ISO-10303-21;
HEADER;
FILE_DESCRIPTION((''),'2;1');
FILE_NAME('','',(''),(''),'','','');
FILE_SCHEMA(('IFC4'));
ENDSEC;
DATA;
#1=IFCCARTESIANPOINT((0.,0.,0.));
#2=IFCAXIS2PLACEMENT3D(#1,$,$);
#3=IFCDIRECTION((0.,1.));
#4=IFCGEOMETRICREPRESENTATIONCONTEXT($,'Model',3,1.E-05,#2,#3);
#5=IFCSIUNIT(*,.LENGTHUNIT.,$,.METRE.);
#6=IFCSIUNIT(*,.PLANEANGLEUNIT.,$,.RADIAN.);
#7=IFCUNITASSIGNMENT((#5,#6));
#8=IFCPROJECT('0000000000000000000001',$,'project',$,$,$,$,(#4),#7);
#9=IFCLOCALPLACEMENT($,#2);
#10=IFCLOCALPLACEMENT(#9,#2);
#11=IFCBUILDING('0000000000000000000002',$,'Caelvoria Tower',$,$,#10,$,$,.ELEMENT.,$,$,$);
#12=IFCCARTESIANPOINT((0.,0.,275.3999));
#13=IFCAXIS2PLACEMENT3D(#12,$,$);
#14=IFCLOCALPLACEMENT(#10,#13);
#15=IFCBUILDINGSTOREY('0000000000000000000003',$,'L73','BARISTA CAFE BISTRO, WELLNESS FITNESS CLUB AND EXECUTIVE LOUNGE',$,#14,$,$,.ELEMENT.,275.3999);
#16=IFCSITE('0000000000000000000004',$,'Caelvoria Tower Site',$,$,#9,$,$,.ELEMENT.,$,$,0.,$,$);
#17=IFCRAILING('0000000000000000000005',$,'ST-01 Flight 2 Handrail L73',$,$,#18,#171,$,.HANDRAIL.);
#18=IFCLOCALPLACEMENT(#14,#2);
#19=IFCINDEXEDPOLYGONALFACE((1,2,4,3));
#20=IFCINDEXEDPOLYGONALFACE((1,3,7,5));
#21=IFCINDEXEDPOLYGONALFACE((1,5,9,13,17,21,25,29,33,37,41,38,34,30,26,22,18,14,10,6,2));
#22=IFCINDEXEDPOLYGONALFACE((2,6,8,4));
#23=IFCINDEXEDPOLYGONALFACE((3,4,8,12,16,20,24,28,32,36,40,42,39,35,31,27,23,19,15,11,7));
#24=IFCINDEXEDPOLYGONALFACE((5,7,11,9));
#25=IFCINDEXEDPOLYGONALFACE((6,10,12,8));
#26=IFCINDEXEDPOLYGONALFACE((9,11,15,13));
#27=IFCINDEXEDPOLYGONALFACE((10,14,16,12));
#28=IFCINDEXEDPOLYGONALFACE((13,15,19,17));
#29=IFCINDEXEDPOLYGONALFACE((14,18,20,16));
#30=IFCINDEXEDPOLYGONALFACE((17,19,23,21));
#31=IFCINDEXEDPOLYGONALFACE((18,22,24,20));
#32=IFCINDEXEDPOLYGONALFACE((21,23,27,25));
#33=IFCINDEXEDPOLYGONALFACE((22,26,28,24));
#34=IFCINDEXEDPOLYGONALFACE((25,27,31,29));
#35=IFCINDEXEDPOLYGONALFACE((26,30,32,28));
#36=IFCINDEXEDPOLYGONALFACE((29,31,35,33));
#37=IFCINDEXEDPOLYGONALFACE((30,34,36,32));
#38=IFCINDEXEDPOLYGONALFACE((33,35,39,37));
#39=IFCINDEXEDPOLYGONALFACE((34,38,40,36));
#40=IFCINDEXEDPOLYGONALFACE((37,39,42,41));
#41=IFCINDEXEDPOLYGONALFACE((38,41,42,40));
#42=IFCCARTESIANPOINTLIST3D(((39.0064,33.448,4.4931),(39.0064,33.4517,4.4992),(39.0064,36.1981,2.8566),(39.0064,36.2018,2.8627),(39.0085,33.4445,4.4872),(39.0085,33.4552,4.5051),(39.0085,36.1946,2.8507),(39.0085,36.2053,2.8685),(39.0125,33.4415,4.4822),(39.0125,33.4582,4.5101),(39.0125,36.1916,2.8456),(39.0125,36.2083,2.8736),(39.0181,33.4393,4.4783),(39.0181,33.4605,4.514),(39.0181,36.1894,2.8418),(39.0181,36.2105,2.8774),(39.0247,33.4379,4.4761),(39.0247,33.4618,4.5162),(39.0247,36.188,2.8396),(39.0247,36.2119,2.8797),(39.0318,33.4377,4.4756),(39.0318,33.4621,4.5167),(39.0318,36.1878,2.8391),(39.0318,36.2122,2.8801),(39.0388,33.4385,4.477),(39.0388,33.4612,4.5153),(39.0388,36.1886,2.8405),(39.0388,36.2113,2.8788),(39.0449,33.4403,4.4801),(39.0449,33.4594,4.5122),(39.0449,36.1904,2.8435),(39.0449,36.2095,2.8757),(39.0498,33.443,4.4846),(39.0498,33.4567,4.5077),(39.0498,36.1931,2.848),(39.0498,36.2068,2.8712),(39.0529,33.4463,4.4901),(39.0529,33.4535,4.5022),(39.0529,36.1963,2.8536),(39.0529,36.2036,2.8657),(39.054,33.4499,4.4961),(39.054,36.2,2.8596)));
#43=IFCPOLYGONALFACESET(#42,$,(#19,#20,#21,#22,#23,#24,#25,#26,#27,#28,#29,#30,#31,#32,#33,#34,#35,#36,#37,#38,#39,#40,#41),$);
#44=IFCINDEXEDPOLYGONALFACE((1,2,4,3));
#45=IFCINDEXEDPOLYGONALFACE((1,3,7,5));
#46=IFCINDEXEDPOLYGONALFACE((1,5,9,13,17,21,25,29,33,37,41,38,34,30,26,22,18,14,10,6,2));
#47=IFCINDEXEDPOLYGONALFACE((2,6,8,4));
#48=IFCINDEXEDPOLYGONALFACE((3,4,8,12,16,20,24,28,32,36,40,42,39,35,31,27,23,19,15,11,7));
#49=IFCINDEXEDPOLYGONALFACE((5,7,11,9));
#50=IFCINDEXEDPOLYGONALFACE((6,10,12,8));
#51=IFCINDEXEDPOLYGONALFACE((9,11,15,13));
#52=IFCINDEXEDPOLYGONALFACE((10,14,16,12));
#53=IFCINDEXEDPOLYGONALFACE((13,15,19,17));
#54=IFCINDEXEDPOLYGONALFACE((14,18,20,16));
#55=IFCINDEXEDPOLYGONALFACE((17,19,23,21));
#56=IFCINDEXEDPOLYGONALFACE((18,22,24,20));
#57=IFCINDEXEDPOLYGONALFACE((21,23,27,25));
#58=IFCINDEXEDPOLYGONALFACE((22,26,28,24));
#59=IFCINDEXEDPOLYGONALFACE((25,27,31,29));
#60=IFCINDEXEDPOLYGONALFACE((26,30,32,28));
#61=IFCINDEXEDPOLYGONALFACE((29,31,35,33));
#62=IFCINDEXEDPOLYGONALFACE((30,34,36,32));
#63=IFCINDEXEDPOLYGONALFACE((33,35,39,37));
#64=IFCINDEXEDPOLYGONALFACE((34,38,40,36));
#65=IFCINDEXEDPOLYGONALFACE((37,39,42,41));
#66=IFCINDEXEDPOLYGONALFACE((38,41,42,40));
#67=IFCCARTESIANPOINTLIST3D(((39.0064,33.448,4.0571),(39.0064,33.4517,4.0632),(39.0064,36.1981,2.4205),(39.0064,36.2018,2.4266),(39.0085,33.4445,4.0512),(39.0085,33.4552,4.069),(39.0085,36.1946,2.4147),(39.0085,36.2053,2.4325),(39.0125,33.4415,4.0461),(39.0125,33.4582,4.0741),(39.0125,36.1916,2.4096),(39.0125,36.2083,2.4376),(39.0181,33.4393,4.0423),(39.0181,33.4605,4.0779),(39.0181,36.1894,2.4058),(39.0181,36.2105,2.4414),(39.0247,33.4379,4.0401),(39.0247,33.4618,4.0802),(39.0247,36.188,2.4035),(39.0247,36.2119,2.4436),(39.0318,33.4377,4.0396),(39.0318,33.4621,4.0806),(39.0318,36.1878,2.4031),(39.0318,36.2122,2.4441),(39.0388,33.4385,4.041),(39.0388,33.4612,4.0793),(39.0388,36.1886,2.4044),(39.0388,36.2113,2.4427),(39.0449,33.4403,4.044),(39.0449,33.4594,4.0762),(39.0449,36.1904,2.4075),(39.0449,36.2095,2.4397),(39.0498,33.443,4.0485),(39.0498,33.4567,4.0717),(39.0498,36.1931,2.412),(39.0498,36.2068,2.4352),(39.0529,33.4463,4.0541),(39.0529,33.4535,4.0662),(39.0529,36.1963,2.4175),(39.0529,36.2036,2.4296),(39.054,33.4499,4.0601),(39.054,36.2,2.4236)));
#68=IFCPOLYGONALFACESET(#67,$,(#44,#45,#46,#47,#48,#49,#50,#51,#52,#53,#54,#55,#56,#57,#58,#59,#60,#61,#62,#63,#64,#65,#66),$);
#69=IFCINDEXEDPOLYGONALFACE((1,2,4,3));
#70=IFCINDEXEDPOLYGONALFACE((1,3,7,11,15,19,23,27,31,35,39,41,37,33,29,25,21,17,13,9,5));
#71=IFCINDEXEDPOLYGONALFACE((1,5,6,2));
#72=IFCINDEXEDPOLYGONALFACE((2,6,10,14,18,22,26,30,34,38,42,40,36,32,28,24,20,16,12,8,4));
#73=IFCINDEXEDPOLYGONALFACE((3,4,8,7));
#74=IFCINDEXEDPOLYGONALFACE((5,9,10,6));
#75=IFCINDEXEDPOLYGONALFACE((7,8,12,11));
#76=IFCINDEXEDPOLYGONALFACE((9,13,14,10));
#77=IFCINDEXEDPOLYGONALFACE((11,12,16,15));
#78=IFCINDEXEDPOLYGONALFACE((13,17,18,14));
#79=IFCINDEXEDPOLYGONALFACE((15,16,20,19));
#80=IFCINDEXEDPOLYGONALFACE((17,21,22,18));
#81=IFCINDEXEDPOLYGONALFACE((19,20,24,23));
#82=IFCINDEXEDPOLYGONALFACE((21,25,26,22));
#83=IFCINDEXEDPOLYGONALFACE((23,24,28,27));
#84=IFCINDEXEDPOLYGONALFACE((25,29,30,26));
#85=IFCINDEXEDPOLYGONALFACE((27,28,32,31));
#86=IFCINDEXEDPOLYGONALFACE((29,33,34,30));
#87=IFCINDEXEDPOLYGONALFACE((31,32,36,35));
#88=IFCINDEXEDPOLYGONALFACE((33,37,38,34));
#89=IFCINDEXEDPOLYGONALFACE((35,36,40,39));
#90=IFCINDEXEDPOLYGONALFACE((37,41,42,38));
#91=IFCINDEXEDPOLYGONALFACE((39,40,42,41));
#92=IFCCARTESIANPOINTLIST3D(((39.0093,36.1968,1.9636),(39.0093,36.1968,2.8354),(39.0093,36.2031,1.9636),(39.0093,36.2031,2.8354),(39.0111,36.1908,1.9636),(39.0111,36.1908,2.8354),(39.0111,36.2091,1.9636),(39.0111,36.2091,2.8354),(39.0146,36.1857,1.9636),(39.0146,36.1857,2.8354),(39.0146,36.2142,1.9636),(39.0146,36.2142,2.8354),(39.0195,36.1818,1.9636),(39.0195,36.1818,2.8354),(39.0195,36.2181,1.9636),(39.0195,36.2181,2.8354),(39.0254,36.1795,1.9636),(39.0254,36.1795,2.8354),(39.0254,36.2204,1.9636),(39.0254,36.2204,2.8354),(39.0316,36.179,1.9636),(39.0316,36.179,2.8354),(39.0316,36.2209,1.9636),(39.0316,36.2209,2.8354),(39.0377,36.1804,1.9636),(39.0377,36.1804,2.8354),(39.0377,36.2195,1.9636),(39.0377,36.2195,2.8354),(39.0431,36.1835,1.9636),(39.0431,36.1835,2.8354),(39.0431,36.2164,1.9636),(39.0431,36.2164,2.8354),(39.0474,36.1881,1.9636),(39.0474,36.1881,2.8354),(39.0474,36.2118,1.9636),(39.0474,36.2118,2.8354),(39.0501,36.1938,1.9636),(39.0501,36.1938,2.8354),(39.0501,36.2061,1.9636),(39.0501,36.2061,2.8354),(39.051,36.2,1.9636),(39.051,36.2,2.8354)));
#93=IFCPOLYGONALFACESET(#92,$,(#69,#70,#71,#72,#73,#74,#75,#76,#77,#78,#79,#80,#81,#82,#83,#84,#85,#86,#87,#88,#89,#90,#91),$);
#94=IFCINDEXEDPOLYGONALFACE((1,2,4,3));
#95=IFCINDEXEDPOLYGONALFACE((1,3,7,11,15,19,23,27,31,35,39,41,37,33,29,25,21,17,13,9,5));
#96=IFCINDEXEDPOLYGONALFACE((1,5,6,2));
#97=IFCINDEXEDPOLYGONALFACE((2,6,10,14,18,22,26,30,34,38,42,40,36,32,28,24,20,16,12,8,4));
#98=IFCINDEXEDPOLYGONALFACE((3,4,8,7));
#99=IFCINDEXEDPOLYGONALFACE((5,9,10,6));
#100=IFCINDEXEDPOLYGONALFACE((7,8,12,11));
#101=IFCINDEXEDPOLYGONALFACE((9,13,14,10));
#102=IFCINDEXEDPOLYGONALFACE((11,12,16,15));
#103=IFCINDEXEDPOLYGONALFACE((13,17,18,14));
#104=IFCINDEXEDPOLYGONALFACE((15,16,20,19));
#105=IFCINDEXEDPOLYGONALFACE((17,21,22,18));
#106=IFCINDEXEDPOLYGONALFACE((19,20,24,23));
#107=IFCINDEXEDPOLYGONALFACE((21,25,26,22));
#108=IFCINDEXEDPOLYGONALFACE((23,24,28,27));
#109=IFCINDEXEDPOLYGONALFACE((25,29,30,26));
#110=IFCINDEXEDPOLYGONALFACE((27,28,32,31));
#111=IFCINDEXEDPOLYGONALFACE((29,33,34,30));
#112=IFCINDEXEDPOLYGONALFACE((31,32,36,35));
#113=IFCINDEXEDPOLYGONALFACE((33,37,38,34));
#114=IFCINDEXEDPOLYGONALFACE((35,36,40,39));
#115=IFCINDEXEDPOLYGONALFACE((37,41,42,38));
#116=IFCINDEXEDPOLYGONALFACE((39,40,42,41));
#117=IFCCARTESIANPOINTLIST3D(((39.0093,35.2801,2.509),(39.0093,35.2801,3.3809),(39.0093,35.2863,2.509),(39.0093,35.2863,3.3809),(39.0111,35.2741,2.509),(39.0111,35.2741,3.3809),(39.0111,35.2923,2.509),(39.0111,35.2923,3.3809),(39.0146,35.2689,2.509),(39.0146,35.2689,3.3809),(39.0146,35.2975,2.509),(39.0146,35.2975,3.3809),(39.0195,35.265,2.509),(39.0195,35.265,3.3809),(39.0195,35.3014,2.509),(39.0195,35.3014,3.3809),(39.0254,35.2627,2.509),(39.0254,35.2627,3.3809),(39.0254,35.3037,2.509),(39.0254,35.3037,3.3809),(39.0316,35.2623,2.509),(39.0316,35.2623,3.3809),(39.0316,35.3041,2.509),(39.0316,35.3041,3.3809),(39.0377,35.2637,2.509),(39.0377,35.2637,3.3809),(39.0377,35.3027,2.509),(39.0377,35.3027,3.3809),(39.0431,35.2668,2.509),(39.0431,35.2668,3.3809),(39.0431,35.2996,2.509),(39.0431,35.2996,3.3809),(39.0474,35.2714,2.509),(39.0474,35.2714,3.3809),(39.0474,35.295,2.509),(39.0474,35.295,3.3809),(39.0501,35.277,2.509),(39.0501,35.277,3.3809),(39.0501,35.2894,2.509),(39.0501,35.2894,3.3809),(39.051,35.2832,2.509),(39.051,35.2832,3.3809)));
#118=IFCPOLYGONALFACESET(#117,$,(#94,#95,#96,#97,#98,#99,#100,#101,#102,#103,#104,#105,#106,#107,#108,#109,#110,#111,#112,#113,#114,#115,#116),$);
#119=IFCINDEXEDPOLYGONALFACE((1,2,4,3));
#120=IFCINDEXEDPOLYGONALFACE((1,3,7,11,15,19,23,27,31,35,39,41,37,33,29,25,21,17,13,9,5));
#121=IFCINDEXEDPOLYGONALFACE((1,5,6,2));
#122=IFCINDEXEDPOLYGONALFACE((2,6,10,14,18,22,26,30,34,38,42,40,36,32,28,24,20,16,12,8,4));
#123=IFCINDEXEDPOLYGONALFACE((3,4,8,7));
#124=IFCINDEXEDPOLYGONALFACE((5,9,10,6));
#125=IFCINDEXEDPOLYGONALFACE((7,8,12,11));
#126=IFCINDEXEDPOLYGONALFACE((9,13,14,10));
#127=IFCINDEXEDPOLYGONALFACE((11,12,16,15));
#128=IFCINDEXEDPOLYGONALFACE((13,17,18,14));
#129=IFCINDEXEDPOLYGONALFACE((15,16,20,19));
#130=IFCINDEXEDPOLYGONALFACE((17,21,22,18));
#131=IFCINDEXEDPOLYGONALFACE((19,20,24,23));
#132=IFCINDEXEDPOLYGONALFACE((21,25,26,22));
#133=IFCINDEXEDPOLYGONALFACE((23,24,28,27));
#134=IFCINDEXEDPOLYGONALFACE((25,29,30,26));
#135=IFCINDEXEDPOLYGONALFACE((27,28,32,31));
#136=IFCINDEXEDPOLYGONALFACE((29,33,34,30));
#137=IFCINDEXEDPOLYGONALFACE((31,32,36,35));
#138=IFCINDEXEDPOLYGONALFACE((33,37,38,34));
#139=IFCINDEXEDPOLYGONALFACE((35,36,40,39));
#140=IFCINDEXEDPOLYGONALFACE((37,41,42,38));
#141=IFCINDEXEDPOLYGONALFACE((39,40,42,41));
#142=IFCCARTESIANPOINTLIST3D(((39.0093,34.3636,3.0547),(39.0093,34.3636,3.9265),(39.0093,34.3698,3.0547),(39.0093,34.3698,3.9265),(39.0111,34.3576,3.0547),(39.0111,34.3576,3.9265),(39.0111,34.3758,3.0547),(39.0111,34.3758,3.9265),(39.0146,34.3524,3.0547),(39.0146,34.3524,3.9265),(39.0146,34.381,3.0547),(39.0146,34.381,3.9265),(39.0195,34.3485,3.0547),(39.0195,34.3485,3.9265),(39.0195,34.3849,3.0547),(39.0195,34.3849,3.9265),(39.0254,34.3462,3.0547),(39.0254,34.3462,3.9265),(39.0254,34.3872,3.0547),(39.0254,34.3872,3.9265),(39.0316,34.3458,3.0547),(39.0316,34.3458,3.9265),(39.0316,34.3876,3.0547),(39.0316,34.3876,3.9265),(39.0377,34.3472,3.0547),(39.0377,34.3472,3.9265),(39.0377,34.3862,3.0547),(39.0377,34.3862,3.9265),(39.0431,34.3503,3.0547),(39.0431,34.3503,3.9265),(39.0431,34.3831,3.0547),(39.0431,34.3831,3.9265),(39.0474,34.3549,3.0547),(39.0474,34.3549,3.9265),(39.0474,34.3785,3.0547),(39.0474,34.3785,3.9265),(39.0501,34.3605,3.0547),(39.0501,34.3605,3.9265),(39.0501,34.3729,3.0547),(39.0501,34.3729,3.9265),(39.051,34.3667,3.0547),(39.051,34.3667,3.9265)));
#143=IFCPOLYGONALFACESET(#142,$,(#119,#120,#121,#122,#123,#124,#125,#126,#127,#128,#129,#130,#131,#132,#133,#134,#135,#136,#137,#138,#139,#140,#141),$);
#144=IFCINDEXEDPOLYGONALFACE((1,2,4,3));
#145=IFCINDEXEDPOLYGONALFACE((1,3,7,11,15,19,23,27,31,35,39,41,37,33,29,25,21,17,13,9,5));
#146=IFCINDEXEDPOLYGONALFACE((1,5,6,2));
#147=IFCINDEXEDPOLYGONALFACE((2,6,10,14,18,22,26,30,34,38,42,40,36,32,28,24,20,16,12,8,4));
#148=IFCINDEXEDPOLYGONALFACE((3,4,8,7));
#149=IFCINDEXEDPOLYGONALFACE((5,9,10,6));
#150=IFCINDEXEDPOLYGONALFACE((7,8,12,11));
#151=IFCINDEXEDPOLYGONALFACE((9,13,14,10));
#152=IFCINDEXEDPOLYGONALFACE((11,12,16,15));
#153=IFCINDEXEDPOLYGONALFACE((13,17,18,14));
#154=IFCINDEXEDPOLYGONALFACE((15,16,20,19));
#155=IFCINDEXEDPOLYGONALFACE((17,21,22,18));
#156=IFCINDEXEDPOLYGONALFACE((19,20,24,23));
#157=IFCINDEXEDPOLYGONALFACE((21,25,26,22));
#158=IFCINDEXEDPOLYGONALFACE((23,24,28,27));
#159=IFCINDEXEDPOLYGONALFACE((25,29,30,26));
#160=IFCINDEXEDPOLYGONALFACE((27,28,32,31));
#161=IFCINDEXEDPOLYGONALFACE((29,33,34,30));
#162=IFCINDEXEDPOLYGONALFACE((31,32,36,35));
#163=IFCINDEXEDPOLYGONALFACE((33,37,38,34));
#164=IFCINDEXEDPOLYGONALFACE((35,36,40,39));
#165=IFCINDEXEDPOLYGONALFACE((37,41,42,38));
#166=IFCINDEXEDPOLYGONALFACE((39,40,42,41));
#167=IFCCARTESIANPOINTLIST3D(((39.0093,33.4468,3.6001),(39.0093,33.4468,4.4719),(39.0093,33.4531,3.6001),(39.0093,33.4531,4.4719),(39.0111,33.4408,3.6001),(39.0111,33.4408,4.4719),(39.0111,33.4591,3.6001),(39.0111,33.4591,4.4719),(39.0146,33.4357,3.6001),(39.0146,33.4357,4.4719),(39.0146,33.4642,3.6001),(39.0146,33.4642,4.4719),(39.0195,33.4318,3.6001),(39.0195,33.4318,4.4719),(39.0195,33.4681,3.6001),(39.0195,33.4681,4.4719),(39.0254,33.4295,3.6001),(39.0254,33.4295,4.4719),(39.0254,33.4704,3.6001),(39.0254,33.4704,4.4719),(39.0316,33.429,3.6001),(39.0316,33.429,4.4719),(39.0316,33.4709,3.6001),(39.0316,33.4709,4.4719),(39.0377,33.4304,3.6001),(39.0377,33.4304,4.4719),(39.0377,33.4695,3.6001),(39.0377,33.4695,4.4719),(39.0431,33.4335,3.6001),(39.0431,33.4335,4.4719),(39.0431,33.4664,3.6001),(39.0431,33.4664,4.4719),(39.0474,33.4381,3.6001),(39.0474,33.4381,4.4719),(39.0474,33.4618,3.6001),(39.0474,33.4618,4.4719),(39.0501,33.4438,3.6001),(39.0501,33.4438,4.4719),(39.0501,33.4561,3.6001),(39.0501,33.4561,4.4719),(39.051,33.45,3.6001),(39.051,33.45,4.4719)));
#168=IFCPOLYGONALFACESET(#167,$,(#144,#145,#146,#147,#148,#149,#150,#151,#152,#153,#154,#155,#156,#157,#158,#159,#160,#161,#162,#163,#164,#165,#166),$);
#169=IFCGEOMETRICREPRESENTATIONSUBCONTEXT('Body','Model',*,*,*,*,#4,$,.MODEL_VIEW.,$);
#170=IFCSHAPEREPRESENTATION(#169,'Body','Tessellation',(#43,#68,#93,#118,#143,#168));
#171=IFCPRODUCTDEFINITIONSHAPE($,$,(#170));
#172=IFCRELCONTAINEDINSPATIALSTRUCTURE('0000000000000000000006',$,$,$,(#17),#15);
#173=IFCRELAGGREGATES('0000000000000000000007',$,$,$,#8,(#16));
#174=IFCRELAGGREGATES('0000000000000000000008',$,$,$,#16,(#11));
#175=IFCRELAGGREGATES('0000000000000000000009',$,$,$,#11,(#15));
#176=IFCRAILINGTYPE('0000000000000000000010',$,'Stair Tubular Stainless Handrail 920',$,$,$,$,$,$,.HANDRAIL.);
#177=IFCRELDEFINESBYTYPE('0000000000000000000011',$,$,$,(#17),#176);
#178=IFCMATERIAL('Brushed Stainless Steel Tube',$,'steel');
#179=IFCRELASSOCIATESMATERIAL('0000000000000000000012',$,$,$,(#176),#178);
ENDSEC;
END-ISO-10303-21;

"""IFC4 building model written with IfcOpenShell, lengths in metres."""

from ifc_helpers import new_model, si_unit, direction, frame, origin, origin_2d, place, context, subcontext, project, spatial, circle, extrude, material, type_object, element, save


model = new_model("IFC4")

# Units and contexts
model_context = context("Model", 3, precision=1e-05, world=origin(), true_north=direction((0.0, 1.0)))
body_context = subcontext(model_context, "Body", "Model", "MODEL_VIEW")
ifc_project = project(units=[si_unit("LENGTHUNIT", "METRE"), si_unit("PLANEANGLEUNIT", "RADIAN")], contexts=[model_context])

# Site, building, storey
site_placement = place(None, origin())
site = spatial("IfcSite", under=ifc_project, at=site_placement, Name="Caelvoria Tower Site", CompositionType="ELEMENT", RefElevation=0.0)
building_placement = place(site_placement, origin())
building = spatial("IfcBuilding", under=site, at=building_placement, Name="Caelvoria Tower", CompositionType="ELEMENT")
storey_placement = place(building_placement, frame((0.0, 0.0, 275.3999)))
storey = spatial("IfcBuildingStorey", under=building, at=storey_placement, Name="L73", Description="BARISTA CAFE BISTRO, WELLNESS FITNESS CLUB AND EXECUTIVE LOUNGE", CompositionType="ELEMENT", Elevation=275.3999)

# Railing
ifc_material_1 = material(Name="Brushed Stainless Steel Tube", Category="steel")
railing_type_1 = type_object("IfcRailingType", Name="Stair Tubular Stainless Handrail 920", PredefinedType="HANDRAIL", material=ifc_material_1)
railing_1_placement = place(storey_placement, frame((39.03, 36.2, 1.9636)))
element("IfcRailing", 1, at=railing_1_placement, inside=storey, type_object=railing_type_1, Name="ST-01 Flight 2 Handrail L73", PredefinedType="HANDRAIL", context=body_context, shape_type="SweptSolid", body=[
    extrude(circle(Radius=0.0239, at=origin_2d()), frame((0.0, 0.0, 0.896), z_axis=(0.0, -0.859352, 0.511385), x_axis=(1.0, 0.0, 0.0)), (0.0, 0.0, 1.0), 3.2002),
    extrude(circle(Radius=0.0239, at=origin_2d()), frame((0.0, 0.0, 0.46), z_axis=(0.0, -0.859352, 0.511385), x_axis=(1.0, 0.0, 0.0)), (0.0, 0.0, 1.0), 3.2002),
    extrude(circle(Radius=0.021, at=origin_2d()), origin(), (0.0, 0.0, 1.0), 0.8718),
    extrude(circle(Radius=0.021, at=origin_2d()), frame((0.0, -0.9167, 0.5454)), (0.0, 0.0, 1.0), 0.8718),
    extrude(circle(Radius=0.021, at=origin_2d()), frame((0.0, -1.8333, 1.0911)), (0.0, 0.0, 1.0), 0.8718),
    extrude(circle(Radius=0.021, at=origin_2d()), frame((0.0, -2.75, 1.6365)), (0.0, 0.0, 1.0), 0.8718),
])

save(model, "model.ifc")
